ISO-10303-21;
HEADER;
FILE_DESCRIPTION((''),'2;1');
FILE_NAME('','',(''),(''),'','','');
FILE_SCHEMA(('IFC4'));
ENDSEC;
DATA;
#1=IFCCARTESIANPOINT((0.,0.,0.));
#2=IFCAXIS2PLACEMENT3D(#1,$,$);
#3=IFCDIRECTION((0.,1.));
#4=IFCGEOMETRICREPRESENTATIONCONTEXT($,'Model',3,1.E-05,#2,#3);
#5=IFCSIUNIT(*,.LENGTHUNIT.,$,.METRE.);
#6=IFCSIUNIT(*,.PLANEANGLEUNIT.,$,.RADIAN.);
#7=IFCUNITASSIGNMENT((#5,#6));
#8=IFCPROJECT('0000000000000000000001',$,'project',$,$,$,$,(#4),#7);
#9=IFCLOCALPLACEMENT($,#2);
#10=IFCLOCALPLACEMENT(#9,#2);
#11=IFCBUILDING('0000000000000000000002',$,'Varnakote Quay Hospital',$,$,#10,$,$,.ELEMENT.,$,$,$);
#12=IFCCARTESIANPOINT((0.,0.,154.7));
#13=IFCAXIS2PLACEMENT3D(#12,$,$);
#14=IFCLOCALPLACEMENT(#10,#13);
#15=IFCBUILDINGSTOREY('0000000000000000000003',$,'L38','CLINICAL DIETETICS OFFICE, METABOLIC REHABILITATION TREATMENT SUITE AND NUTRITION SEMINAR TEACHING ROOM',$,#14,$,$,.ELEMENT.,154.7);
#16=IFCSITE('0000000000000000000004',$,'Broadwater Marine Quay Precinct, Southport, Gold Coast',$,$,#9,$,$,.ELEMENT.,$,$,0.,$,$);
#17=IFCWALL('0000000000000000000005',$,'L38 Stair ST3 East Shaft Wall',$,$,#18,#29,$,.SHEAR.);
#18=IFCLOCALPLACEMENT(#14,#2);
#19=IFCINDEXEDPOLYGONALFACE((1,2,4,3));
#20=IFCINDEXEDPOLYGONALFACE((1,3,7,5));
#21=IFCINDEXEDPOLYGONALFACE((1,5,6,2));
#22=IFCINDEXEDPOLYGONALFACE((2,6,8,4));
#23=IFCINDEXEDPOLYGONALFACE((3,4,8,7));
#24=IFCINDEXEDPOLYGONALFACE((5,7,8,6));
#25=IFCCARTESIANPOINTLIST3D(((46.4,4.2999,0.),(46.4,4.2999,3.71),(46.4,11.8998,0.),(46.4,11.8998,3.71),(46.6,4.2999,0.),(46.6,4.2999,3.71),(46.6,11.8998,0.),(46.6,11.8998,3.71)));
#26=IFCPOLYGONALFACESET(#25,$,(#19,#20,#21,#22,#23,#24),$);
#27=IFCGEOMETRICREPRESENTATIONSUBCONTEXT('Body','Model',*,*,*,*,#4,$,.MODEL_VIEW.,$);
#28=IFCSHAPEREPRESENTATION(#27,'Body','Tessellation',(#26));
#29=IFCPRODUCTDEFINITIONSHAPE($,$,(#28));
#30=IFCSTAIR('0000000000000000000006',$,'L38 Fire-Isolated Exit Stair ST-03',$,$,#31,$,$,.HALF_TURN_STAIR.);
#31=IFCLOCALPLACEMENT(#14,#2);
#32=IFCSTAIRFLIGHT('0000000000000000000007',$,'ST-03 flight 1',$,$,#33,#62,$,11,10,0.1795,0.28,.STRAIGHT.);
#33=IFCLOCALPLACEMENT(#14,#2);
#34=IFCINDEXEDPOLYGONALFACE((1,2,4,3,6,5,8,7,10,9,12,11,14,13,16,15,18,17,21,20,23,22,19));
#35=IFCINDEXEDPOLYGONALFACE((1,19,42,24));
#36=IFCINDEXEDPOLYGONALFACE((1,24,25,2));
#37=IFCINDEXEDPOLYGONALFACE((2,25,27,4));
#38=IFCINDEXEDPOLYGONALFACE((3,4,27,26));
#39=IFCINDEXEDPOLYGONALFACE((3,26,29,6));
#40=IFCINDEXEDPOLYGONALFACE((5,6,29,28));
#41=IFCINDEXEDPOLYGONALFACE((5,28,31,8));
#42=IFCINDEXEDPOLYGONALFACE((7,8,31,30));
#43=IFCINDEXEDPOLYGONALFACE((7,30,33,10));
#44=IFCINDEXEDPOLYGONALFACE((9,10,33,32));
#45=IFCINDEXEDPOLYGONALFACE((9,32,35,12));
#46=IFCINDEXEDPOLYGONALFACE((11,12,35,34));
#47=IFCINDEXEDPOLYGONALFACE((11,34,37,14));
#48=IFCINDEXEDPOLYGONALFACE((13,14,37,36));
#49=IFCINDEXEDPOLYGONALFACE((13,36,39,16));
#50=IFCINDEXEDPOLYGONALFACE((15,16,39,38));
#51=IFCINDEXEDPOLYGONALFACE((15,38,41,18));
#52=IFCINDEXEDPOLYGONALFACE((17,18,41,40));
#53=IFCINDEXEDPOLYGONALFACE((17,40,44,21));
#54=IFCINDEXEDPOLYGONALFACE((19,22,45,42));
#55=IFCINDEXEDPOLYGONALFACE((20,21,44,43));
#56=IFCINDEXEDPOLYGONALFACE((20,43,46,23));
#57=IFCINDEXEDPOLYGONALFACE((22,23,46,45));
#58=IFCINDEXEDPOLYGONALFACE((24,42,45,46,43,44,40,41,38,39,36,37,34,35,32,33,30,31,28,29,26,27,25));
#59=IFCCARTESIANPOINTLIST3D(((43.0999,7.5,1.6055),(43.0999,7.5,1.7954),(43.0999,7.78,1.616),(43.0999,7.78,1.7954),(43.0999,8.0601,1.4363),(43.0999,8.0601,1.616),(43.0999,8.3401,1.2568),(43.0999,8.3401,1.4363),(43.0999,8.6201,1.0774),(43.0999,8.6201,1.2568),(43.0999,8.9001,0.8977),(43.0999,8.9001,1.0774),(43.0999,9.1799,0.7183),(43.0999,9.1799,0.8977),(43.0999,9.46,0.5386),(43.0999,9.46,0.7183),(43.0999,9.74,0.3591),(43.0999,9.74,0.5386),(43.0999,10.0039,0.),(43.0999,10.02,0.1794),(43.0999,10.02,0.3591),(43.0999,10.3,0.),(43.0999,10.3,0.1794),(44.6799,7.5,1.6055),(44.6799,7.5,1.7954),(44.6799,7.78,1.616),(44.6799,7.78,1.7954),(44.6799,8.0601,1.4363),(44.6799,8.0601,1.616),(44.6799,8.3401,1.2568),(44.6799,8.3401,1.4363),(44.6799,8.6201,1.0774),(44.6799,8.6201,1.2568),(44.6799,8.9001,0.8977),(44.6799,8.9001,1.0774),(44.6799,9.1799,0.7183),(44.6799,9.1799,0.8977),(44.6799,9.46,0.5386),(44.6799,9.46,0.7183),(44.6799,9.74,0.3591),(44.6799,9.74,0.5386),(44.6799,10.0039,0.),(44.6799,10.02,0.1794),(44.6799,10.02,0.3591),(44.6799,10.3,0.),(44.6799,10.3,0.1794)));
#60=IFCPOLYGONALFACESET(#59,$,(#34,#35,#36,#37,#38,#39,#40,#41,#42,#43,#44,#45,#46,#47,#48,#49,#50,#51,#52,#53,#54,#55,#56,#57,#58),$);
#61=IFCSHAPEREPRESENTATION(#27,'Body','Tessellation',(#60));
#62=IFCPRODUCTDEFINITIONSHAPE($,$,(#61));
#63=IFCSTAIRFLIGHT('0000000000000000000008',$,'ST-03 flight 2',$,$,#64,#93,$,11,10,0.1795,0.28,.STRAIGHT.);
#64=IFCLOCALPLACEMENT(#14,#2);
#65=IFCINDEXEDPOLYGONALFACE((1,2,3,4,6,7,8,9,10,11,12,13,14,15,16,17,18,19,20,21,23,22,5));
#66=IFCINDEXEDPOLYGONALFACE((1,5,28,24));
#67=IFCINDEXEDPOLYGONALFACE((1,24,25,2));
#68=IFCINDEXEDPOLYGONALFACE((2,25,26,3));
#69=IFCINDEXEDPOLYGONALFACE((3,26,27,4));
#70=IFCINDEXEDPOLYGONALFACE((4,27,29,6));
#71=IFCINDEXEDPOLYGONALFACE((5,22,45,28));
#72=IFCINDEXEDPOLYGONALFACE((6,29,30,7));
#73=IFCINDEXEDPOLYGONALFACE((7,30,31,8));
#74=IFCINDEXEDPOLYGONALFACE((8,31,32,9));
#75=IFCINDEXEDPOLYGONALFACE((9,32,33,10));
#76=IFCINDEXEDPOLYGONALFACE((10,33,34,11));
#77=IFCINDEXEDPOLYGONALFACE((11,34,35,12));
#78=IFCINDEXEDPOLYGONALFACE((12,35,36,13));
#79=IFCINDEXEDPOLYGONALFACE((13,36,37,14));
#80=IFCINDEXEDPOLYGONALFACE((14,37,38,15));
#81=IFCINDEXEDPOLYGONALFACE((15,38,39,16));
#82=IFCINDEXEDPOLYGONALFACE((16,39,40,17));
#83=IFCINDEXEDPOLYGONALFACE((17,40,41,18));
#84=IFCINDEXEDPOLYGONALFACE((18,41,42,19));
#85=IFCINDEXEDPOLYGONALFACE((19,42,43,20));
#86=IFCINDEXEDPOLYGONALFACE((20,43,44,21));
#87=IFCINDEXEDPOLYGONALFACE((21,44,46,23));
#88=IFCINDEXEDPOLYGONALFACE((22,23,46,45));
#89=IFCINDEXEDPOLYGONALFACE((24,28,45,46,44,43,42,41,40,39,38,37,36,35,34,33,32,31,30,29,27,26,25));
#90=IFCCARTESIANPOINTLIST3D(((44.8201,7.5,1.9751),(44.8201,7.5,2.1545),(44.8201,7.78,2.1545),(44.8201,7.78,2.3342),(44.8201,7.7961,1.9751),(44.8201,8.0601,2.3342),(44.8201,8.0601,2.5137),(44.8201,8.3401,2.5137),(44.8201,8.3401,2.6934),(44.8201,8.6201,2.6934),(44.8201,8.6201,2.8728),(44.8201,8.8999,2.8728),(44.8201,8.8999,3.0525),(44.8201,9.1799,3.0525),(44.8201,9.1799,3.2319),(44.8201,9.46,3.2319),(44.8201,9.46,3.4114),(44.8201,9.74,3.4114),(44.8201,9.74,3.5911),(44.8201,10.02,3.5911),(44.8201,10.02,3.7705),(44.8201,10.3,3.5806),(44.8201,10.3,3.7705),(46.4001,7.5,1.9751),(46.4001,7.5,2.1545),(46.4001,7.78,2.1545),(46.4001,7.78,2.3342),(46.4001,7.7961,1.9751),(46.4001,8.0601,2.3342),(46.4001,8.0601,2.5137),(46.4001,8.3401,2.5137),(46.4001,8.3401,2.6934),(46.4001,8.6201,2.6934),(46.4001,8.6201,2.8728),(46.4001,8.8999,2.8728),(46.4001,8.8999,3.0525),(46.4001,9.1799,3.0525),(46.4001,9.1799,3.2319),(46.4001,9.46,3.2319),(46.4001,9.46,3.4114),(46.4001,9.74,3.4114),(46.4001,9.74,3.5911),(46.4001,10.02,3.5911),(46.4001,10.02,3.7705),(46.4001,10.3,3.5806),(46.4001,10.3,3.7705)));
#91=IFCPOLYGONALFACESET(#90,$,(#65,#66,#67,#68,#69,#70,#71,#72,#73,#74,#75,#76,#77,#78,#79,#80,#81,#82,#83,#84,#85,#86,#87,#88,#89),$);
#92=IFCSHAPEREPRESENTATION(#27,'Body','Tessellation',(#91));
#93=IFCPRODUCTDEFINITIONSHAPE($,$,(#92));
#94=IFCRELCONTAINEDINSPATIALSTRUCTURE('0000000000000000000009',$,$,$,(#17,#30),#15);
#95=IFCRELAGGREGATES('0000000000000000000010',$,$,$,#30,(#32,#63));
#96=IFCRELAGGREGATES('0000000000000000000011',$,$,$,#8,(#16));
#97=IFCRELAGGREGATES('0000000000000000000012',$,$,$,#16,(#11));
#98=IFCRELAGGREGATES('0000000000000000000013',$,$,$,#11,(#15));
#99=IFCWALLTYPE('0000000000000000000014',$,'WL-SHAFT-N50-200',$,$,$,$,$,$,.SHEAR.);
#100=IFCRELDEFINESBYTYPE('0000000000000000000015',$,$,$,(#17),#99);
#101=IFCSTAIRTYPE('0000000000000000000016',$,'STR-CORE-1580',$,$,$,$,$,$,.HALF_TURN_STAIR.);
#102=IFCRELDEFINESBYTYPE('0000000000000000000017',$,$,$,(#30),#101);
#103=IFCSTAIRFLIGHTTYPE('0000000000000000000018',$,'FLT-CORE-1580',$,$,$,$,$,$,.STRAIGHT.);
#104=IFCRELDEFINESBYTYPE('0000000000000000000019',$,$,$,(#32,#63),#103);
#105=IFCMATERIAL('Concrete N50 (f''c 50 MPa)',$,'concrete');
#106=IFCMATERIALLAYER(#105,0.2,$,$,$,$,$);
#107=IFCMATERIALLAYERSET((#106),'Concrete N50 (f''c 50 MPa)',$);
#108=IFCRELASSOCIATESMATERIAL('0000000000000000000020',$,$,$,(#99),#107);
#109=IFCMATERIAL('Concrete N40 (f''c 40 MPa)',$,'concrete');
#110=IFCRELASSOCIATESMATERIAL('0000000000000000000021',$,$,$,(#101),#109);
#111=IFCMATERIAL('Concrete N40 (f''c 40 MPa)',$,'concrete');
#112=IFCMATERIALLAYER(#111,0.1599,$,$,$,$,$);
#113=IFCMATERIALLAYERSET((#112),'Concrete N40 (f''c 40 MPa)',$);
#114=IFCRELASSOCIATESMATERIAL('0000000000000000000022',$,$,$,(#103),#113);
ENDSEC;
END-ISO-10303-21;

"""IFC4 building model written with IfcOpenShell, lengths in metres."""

from ifc_helpers import new_model, si_unit, direction, frame, frame_2d, origin, place, context, subcontext, project, spatial, polyline, rectangle, outline, extrude, material, layer, layer_set, type_object, element, aggregate, save


model = new_model("IFC4")

# Units and contexts
model_context = context("Model", 3, precision=1e-05, world=origin(), true_north=direction((0.0, 1.0)))
body_context = subcontext(model_context, "Body", "Model", "MODEL_VIEW")
ifc_project = project(units=[si_unit("LENGTHUNIT", "METRE"), si_unit("PLANEANGLEUNIT", "RADIAN")], contexts=[model_context])

# Site, building, storey
site_placement = place(None, origin())
site = spatial("IfcSite", under=ifc_project, at=site_placement, Name="Broadwater Marine Quay Precinct, Southport, Gold Coast", CompositionType="ELEMENT", RefElevation=0.0)
building_placement = place(site_placement, origin())
building = spatial("IfcBuilding", under=site, at=building_placement, Name="Varnakote Quay Hospital", CompositionType="ELEMENT")
storey_placement = place(building_placement, frame((0.0, 0.0, 154.7)))
storey = spatial("IfcBuildingStorey", under=building, at=storey_placement, Name="L38", Description="CLINICAL DIETETICS OFFICE, METABOLIC REHABILITATION TREATMENT SUITE AND NUTRITION SEMINAR TEACHING ROOM", CompositionType="ELEMENT", Elevation=154.7)

# Wall
ifc_material_1 = material(Name="Concrete N50 (f'c 50 MPa)", Category="concrete")
ifc_layer_1 = layer(ifc_material_1, 0.2)
ifc_layer_set_1 = layer_set([ifc_layer_1], Name="Concrete N50 (f'c 50 MPa)")
wall_type_1 = type_object("IfcWallType", Name="WL-SHAFT-N50-200", PredefinedType="SHEAR", material=ifc_layer_set_1)
for number, where, z_axis, x_axis, name in (
    (1, (46.5, 4.3, 0.0), (0.0, 0.0, 1.0), (0.0, 1.0, 0.0), "L38 Stair ST3 East Shaft Wall"),
):
    element("IfcWall", number, at=place(storey_placement, frame(where, z_axis=z_axis, x_axis=x_axis)), inside=storey, type_object=wall_type_1, Name=name, PredefinedType="SHEAR", context=body_context, shape_type="SweptSolid", body=[
        extrude(rectangle(XDim=7.5999, YDim=0.2, at=frame_2d((3.7998, 0.0))), origin(), (0.0, 0.0, 1.0), 3.71),
    ])

# Stair, stair flights
ifc_material_2 = material(Name="Concrete N40 (f'c 40 MPa)", Category="concrete")
stair_type = type_object("IfcStairType", Name="STR-CORE-1580", PredefinedType="HALF_TURN_STAIR", material=ifc_material_2)
stair_placement = place(storey_placement, origin())
stair = element("IfcStair", 2, at=stair_placement, inside=storey, type_object=stair_type, Name="L38 Fire-Isolated Exit Stair ST-03", PredefinedType="HALF_TURN_STAIR")
ifc_material_3 = material(Name="Concrete N40 (f'c 40 MPa)", Category="concrete")
ifc_layer_2 = layer(ifc_material_3, 0.1599)
ifc_layer_set_2 = layer_set([ifc_layer_2], Name="Concrete N40 (f'c 40 MPa)")
stair_flight_type = type_object("IfcStairFlightType", Name="FLT-CORE-1580", PredefinedType="STRAIGHT", material=ifc_layer_set_2)
stair_flight_1_placement = place(storey_placement, frame((43.8899, 10.3, 0.0), z_axis=(0.0, 0.0, 1.0), x_axis=(0.0, -1.0, 0.0)))
stair_flight_1 = element("IfcStairFlight", 3, at=stair_flight_1_placement, type_object=stair_flight_type, Name="ST-03 flight 1", NumberOfRisers=11, NumberOfTreads=10, PredefinedType="STRAIGHT", RiserHeight=0.1795, TreadLength=0.28, context=body_context, shape_type="SweptSolid", body=[
    extrude(outline(polyline([(0.0, 0.0), (0.0, 0.1794), (0.28, 0.1794), (0.28, 0.3591), (0.5601, 0.3591), (0.5601, 0.5386), (0.8401, 0.5386), (0.8401, 0.7183), (1.1201, 0.7183), (1.1201, 0.8977), (1.3999, 0.8977), (1.3999, 1.0774), (1.6799, 1.0774), (1.6799, 1.2568), (1.96, 1.2568), (1.96, 1.4363), (2.24, 1.4363), (2.24, 1.616), (2.52, 1.616), (2.52, 1.7954), (2.8, 1.7954), (2.8, 1.9751), (2.8, 1.6055), (0.2961, 0.0), (0.0, 0.0)])), frame((0.0, 0.79, 0.0), z_axis=(0.0, -1.0, 0.0), x_axis=(1.0, 0.0, 0.0)), (0.0, 0.0, 1.0), 1.5801),
])
stair_flight_2_placement = place(storey_placement, frame((45.6101, 7.5, 1.9751), z_axis=(0.0, 0.0, 1.0), x_axis=(0.0, 1.0, 0.0)))
stair_flight_2 = element("IfcStairFlight", 4, at=stair_flight_2_placement, type_object=stair_flight_type, Name="ST-03 flight 2", NumberOfRisers=11, NumberOfTreads=10, PredefinedType="STRAIGHT", RiserHeight=0.1795, TreadLength=0.28, context=body_context, shape_type="SweptSolid", body=[
    extrude(outline(polyline([(0.0, 0.0), (0.0, 0.1794), (0.28, 0.1794), (0.28, 0.3591), (0.5601, 0.3591), (0.5601, 0.5386), (0.8401, 0.5386), (0.8401, 0.7183), (1.1201, 0.7183), (1.1201, 0.8977), (1.3999, 0.8977), (1.3999, 1.0774), (1.6799, 1.0774), (1.6799, 1.2568), (1.96, 1.2568), (1.96, 1.4363), (2.24, 1.4363), (2.24, 1.616), (2.52, 1.616), (2.52, 1.7954), (2.8, 1.7954), (2.8, 1.9751), (2.8, 1.6055), (0.2961, 0.0), (0.0, 0.0)])), frame((0.0, 0.79, 0.0), z_axis=(0.0, -1.0, 0.0), x_axis=(1.0, 0.0, 0.0)), (0.0, 0.0, 1.0), 1.5801),
])
aggregate(stair, [stair_flight_1, stair_flight_2])

save(model, "model.ifc")
